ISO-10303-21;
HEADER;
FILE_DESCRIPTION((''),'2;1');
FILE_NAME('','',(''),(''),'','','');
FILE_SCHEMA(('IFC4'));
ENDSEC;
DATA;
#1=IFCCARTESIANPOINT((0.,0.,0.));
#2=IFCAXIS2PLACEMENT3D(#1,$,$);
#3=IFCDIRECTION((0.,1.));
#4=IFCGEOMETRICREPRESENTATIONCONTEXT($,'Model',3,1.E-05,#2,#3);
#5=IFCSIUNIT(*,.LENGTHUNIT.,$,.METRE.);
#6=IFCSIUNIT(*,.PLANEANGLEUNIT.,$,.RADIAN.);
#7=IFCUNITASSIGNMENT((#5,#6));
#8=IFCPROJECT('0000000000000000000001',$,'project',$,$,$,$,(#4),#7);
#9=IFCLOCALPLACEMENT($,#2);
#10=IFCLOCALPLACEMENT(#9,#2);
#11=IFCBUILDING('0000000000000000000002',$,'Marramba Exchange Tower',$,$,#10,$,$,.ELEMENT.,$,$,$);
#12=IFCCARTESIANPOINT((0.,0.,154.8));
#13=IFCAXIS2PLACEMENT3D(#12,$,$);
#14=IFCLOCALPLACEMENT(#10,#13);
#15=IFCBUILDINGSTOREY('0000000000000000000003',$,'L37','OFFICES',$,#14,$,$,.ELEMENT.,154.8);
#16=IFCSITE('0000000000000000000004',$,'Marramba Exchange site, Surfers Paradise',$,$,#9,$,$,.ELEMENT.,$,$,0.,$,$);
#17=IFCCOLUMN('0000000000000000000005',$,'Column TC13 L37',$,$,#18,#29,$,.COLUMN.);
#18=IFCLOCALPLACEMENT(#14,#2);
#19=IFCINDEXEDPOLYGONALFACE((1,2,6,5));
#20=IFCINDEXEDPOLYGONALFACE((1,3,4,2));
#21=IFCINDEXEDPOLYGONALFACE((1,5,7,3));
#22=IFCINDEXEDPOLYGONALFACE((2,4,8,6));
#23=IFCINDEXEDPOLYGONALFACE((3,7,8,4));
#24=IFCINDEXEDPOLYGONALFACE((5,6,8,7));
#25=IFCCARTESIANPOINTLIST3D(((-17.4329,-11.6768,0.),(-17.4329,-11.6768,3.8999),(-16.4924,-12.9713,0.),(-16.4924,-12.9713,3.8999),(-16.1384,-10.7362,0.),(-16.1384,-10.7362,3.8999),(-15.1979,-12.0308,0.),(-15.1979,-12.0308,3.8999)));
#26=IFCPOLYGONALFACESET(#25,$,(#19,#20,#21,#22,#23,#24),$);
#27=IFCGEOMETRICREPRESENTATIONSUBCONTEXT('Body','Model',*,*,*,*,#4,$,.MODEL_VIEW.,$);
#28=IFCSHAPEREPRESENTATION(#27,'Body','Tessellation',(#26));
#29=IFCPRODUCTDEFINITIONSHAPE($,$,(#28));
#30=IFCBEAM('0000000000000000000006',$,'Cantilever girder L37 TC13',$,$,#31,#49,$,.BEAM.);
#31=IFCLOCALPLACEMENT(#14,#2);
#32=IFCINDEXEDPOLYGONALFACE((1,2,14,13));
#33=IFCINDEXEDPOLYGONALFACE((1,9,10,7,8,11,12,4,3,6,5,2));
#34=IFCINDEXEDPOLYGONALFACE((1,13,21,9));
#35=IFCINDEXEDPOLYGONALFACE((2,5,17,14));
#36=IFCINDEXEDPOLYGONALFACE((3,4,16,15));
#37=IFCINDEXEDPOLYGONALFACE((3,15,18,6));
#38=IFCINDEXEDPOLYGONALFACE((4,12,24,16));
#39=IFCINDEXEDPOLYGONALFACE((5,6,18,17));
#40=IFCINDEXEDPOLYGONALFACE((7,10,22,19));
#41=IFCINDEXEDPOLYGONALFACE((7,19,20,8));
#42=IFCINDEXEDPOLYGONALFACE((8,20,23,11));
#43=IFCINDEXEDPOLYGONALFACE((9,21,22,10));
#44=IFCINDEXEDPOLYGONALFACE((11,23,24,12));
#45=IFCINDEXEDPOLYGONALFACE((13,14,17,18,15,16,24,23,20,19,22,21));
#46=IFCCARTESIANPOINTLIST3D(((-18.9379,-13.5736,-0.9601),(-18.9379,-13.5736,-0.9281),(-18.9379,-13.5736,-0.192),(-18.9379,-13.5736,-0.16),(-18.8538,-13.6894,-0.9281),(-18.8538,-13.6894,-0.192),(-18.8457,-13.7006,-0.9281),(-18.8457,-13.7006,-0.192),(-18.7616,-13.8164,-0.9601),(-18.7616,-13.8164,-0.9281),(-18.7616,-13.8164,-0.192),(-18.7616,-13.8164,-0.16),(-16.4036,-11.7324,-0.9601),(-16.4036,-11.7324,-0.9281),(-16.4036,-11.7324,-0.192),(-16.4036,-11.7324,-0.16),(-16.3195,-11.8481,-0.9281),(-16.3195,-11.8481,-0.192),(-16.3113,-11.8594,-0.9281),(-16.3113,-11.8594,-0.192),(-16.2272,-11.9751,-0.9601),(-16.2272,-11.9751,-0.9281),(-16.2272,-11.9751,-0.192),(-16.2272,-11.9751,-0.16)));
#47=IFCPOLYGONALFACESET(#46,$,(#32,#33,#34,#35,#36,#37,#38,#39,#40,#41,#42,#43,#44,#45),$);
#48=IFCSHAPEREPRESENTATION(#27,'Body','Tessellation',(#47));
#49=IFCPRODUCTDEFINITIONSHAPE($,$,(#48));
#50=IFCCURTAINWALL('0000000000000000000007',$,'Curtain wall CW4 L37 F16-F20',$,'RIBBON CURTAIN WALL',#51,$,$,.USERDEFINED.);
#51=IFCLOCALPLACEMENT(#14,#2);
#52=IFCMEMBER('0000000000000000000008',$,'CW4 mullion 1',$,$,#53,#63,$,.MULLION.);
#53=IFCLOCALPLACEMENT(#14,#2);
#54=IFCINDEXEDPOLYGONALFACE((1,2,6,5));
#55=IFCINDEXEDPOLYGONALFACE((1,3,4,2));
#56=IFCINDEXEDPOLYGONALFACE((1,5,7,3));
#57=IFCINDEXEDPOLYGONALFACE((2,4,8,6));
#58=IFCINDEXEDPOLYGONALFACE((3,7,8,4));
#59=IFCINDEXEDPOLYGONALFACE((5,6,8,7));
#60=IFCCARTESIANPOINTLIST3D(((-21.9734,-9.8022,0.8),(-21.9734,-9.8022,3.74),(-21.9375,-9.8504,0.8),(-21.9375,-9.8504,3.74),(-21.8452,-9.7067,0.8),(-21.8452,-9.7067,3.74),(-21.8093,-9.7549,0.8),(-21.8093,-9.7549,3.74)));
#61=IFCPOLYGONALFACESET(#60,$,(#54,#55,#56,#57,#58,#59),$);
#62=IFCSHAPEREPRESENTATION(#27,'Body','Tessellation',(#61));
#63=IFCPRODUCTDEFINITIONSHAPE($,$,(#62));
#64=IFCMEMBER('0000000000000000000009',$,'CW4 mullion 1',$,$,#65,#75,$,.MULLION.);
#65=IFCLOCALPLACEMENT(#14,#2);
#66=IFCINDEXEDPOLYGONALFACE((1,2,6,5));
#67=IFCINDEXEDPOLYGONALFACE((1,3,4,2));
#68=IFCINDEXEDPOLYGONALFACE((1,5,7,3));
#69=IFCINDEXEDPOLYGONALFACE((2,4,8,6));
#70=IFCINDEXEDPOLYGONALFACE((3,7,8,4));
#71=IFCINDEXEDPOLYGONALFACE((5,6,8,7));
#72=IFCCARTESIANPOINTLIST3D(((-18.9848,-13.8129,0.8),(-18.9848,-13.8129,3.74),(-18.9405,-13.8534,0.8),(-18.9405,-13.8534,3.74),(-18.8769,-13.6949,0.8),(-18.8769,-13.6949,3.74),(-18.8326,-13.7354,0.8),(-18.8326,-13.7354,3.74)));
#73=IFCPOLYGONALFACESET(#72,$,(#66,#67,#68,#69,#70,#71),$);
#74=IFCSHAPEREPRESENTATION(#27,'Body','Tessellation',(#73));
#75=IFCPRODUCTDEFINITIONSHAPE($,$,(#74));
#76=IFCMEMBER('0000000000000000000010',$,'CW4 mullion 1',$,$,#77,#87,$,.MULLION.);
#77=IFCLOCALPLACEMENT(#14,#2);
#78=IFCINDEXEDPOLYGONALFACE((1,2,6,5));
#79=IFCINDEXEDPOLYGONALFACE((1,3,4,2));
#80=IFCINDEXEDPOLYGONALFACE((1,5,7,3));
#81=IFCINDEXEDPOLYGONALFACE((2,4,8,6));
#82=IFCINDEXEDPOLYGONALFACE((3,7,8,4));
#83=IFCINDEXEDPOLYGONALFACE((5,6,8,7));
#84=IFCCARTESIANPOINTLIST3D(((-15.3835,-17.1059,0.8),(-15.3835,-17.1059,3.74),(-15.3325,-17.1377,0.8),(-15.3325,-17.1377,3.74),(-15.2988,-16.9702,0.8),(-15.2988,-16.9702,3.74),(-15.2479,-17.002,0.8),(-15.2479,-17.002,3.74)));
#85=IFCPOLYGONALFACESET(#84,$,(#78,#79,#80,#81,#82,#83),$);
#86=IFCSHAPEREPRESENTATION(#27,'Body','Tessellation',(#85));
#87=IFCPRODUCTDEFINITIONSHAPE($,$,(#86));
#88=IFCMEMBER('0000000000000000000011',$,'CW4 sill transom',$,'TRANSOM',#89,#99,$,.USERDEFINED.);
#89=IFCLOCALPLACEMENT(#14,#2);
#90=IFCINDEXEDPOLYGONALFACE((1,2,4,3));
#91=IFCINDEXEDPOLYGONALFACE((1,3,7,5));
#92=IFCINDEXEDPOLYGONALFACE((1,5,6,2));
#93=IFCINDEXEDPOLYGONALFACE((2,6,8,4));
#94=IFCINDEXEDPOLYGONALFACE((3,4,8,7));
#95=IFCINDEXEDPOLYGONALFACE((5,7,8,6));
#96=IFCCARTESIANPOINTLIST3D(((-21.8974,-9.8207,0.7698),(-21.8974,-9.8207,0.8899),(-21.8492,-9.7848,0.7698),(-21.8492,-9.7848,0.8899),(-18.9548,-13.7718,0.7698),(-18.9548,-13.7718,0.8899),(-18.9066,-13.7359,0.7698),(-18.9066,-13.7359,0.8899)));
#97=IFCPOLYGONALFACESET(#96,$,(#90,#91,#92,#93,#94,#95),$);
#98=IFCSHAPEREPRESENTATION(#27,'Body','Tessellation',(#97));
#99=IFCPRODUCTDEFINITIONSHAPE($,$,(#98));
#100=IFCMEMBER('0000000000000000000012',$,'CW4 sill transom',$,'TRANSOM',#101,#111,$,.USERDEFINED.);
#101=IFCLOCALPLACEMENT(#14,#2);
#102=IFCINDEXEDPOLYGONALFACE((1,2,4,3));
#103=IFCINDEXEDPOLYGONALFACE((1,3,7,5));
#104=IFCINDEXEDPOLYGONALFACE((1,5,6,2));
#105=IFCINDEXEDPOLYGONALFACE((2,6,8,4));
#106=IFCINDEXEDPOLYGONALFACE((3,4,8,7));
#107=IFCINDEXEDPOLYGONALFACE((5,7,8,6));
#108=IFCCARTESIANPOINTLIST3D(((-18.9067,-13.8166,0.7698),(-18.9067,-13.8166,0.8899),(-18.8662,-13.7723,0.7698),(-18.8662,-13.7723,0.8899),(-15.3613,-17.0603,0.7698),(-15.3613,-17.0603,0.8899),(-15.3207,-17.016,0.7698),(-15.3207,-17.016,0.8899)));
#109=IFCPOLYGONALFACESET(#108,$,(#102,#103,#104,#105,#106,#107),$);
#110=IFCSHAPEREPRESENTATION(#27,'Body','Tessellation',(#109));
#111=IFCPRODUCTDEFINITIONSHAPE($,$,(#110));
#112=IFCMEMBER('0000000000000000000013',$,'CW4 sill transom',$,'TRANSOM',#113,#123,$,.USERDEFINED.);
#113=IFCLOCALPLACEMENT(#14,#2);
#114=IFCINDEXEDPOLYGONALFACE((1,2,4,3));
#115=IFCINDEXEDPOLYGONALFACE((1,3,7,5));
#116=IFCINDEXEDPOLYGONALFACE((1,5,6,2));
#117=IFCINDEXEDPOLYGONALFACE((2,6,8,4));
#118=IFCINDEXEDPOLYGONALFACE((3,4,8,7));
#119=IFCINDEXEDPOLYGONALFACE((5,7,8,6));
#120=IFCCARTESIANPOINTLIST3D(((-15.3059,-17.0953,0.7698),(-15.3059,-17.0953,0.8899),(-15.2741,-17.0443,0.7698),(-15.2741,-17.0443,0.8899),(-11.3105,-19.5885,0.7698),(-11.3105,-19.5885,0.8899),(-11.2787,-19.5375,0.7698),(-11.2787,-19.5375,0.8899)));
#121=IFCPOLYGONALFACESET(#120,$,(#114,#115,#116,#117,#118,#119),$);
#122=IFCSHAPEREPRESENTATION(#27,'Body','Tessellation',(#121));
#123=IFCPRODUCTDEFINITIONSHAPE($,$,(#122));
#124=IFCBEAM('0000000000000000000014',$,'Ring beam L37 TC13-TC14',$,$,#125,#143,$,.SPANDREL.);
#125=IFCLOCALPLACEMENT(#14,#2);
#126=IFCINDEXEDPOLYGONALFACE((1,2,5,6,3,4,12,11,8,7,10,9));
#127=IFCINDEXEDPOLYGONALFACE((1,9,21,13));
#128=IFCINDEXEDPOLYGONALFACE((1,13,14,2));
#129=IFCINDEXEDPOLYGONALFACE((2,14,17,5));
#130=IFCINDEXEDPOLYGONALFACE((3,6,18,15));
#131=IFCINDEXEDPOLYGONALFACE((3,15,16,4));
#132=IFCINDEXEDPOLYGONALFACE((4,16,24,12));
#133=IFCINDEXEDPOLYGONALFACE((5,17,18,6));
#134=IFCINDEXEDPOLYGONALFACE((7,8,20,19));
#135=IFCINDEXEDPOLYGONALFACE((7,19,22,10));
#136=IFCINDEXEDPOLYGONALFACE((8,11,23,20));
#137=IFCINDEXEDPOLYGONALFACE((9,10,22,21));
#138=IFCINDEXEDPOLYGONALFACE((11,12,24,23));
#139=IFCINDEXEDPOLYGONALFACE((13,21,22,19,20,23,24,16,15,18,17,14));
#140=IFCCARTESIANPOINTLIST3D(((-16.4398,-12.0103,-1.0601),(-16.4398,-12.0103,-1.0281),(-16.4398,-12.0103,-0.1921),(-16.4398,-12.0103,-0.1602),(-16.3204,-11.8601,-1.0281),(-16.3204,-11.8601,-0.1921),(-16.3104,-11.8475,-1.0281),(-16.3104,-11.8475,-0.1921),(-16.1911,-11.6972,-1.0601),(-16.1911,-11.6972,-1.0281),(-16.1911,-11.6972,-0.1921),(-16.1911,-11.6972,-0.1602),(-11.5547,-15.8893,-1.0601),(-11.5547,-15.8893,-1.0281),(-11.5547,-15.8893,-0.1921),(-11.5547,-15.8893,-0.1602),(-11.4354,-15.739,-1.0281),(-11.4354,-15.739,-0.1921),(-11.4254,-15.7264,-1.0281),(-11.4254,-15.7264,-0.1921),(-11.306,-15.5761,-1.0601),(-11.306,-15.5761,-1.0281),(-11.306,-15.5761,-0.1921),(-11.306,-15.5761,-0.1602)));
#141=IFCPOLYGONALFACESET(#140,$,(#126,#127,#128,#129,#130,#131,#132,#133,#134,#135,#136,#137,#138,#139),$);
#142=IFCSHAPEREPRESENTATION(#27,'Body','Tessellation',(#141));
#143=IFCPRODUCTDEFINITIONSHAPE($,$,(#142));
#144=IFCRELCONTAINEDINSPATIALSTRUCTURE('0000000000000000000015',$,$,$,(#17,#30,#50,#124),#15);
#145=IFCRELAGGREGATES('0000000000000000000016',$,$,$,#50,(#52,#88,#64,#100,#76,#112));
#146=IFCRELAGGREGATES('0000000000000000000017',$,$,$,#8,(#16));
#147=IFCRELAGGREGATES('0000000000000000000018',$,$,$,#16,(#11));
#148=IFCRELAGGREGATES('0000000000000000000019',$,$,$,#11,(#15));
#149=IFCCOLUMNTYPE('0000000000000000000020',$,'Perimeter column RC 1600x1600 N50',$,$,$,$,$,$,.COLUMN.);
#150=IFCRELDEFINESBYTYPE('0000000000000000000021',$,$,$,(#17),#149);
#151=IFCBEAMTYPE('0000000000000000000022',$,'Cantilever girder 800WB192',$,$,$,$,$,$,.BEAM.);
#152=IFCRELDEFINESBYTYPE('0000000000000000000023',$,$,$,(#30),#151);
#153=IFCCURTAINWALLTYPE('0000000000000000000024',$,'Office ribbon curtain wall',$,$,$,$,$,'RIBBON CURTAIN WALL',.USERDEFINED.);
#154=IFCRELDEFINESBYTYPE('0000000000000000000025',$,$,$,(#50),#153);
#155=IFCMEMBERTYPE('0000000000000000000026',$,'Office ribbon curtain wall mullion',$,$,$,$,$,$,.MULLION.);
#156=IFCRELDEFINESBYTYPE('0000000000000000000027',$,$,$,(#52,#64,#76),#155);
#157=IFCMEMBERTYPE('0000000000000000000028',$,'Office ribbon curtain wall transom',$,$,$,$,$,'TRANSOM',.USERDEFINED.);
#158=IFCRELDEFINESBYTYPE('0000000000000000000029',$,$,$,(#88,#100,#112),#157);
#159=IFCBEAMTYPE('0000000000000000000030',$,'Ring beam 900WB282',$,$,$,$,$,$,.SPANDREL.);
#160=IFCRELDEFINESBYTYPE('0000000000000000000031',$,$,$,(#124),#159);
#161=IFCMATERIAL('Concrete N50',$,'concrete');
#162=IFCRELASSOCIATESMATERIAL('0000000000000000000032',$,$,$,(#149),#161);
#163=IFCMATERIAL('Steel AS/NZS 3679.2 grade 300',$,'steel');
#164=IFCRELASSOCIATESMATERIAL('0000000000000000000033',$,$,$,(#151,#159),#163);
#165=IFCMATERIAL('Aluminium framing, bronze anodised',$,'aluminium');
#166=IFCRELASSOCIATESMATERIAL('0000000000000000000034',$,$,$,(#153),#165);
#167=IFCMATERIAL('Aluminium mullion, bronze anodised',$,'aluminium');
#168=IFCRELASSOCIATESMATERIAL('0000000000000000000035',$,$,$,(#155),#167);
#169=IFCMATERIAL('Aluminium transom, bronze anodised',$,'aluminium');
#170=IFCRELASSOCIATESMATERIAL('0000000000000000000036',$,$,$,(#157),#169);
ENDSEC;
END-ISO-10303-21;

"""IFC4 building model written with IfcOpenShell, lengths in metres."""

from ifc_helpers import new_model, si_unit, direction, frame, origin, origin_2d, place, context, subcontext, project, spatial, rectangle, i_section, extrude, material, material_profile, profile_set, type_object, element, aggregate, save


model = new_model("IFC4")

# Units and contexts
model_context = context("Model", 3, precision=1e-05, world=origin(), true_north=direction((0.0, 1.0)))
body_context = subcontext(model_context, "Body", "Model", "MODEL_VIEW")
ifc_project = project(units=[si_unit("LENGTHUNIT", "METRE"), si_unit("PLANEANGLEUNIT", "RADIAN")], contexts=[model_context])

# Site, building, storey
site_placement = place(None, origin())
site = spatial("IfcSite", under=ifc_project, at=site_placement, Name="Marramba Exchange site, Surfers Paradise", CompositionType="ELEMENT", RefElevation=0.0)
building_placement = place(site_placement, origin())
building = spatial("IfcBuilding", under=site, at=building_placement, Name="Marramba Exchange Tower", CompositionType="ELEMENT")
storey_placement = place(building_placement, frame((0.0, 0.0, 154.8)))
storey = spatial("IfcBuildingStorey", under=building, at=storey_placement, Name="L37", Description="OFFICES", CompositionType="ELEMENT", Elevation=154.8)

# Column
ifc_material_1 = material(Name="Concrete N50", Category="concrete")
ifc_material_profile_1 = material_profile(ifc_material_1, rectangle(XDim=1.6001, YDim=1.6001, at=origin_2d()), Name="RC 1600x1600")
ifc_profile_set_1 = profile_set([ifc_material_profile_1], Name="Concrete N50")
column_type = type_object("IfcColumnType", Name="Perimeter column RC 1600x1600 N50", PredefinedType="COLUMN", material=ifc_profile_set_1)
column_placement = place(storey_placement, frame((-16.3154, -11.8538, 0.0), z_axis=(0.0, 0.0, 1.0), x_axis=(-0.809017, -0.587785, 0.0)))
element("IfcColumn", 1, at=column_placement, inside=storey, type_object=column_type, Name="Column TC13 L37", PredefinedType="COLUMN", context=body_context, shape_type="SweptSolid", body=[
    extrude(rectangle(XDim=1.6001, YDim=1.6001, at=origin_2d()), origin(), (0.0, 0.0, 1.0), 3.8999),
])

# Beam
ifc_material_2 = material(Name="Steel AS/NZS 3679.2 grade 300", Category="steel")
ifc_material_profile_2 = material_profile(ifc_material_2, i_section(OverallWidth=0.3, OverallDepth=0.8, WebThickness=0.0139, FlangeThickness=0.032, at=origin_2d()), Name="800WB192")
ifc_profile_set_2 = profile_set([ifc_material_profile_2], Name="Steel AS/NZS 3679.2 grade 300")
beam_type_1 = type_object("IfcBeamType", Name="Cantilever girder 800WB192", PredefinedType="BEAM", material=ifc_profile_set_2)
beam_1_placement = place(storey_placement, frame((-16.3154, -11.8538, -0.5601), z_axis=(-0.809026, -0.587773, 0.0), x_axis=(0.587773, -0.809026, 0.0)))
element("IfcBeam", 2, at=beam_1_placement, inside=storey, type_object=beam_type_1, Name="Cantilever girder L37 TC13", PredefinedType="BEAM", context=body_context, shape_type="SweptSolid", body=[
    extrude(i_section(OverallWidth=0.3, OverallDepth=0.8, WebThickness=0.0139, FlangeThickness=0.032, at=origin_2d()), origin(), (0.0, 0.0, 1.0), 3.1326),
])

# Curtain wall, members
ifc_material_3 = material(Name="Aluminium framing, bronze anodised", Category="aluminium")
curtain_wall_type = type_object("IfcCurtainWallType", Name="Office ribbon curtain wall", ElementType="RIBBON CURTAIN WALL", PredefinedType="USERDEFINED", material=ifc_material_3)
curtain_wall_placement = place(storey_placement, origin())
curtain_wall = element("IfcCurtainWall", 3, at=curtain_wall_placement, inside=storey, type_object=curtain_wall_type, Name="Curtain wall CW4 L37 F16-F20", ObjectType="RIBBON CURTAIN WALL", PredefinedType="USERDEFINED")
ifc_material_4 = material(Name="Aluminium mullion, bronze anodised", Category="aluminium")
ifc_material_profile_3 = material_profile(ifc_material_4, rectangle(XDim=0.1599, YDim=0.0601, at=origin_2d()), Name="CW4 mullion 60x160")
ifc_profile_set_3 = profile_set([ifc_material_profile_3], Name="Aluminium mullion, bronze anodised")
member_type_1 = type_object("IfcMemberType", Name="Office ribbon curtain wall mullion", PredefinedType="MULLION", material=ifc_profile_set_3)
member_1_placement = place(storey_placement, frame((-21.8914, -9.7786, 0.8), z_axis=(0.0, 0.0, 1.0), x_axis=(0.802014, 0.597305, 0.0)))
member_1 = element("IfcMember", 4, at=member_1_placement, type_object=member_type_1, Name="CW4 mullion 1", PredefinedType="MULLION", context=body_context, shape_type="SweptSolid", body=[
    extrude(rectangle(XDim=0.1599, YDim=0.0601, at=origin_2d()), origin(), (0.0, 0.0, 1.0), 2.9399),
])
member_2_placement = place(storey_placement, frame((-18.9087, -13.7742, 0.8), z_axis=(0.0, 0.0, 1.0), x_axis=(0.674995, 0.737822, 0.0)))
member_2 = element("IfcMember", 5, at=member_2_placement, type_object=member_type_1, Name="CW4 mullion 1", PredefinedType="MULLION", context=body_context, shape_type="SweptSolid", body=[
    extrude(rectangle(XDim=0.1599, YDim=0.0601, at=origin_2d()), origin(), (0.0, 0.0, 1.0), 2.9399),
])
member_3_placement = place(storey_placement, frame((-15.3157, -17.054, 0.8), z_axis=(0.0, 0.0, 1.0), x_axis=(0.529428, 0.848355, 0.0)))
member_3 = element("IfcMember", 6, at=member_3_placement, type_object=member_type_1, Name="CW4 mullion 1", PredefinedType="MULLION", context=body_context, shape_type="SweptSolid", body=[
    extrude(rectangle(XDim=0.1599, YDim=0.0601, at=origin_2d()), origin(), (0.0, 0.0, 1.0), 2.9399),
])
ifc_material_5 = material(Name="Aluminium transom, bronze anodised", Category="aluminium")
ifc_material_profile_4 = material_profile(ifc_material_5, rectangle(XDim=0.0601, YDim=0.1201, at=origin_2d()), Name="CW4 transom 60x120")
ifc_profile_set_4 = profile_set([ifc_material_profile_4], Name="Aluminium transom, bronze anodised")
member_type_2 = type_object("IfcMemberType", Name="Office ribbon curtain wall transom", ElementType="TRANSOM", PredefinedType="USERDEFINED", material=ifc_profile_set_4)
member_4_placement = place(storey_placement, frame((-21.8733, -9.8027, 0.8298), z_axis=(0.597301, -0.802017, 0.0), x_axis=(0.802017, 0.597301, 0.0)))
member_4 = element("IfcMember", 7, at=member_4_placement, type_object=member_type_2, Name="CW4 sill transom", ObjectType="TRANSOM", PredefinedType="USERDEFINED", context=body_context, shape_type="SweptSolid", body=[
    extrude(rectangle(XDim=0.0601, YDim=0.1201, at=origin_2d()), origin(), (0.0, 0.0, 1.0), 4.9265),
])
member_5_placement = place(storey_placement, frame((-18.8865, -13.7944, 0.8298), z_axis=(0.737808, -0.675011, 0.0), x_axis=(0.675011, 0.737808, 0.0)))
member_5 = element("IfcMember", 8, at=member_5_placement, type_object=member_type_2, Name="CW4 sill transom", ObjectType="TRANSOM", PredefinedType="USERDEFINED", context=body_context, shape_type="SweptSolid", body=[
    extrude(rectangle(XDim=0.0601, YDim=0.1201, at=origin_2d()), origin(), (0.0, 0.0, 1.0), 4.8054),
])
member_6_placement = place(storey_placement, frame((-15.29, -17.0698, 0.8298), z_axis=(0.848374, -0.529398, 0.0), x_axis=(0.529398, 0.848374, 0.0)))
member_6 = element("IfcMember", 9, at=member_6_placement, type_object=member_type_2, Name="CW4 sill transom", ObjectType="TRANSOM", PredefinedType="USERDEFINED", context=body_context, shape_type="SweptSolid", body=[
    extrude(rectangle(XDim=0.0601, YDim=0.1201, at=origin_2d()), origin(), (0.0, 0.0, 1.0), 4.7095),
])

# Beam
ifc_material_profile_5 = material_profile(ifc_material_2, i_section(OverallWidth=0.3999, OverallDepth=0.8999, WebThickness=0.0161, FlangeThickness=0.032, at=origin_2d()), Name="900WB282")
ifc_profile_set_5 = profile_set([ifc_material_profile_5], Name="Steel AS/NZS 3679.2 grade 300")
beam_type_2 = type_object("IfcBeamType", Name="Ring beam 900WB282", PredefinedType="SPANDREL", material=ifc_profile_set_5)
beam_2_placement = place(storey_placement, frame((-16.3154, -11.8538, -0.6101), z_axis=(0.783139, -0.621846, 0.0), x_axis=(0.621846, 0.783139, 0.0)))
element("IfcBeam", 10, at=beam_2_placement, inside=storey, type_object=beam_type_2, Name="Ring beam L37 TC13-TC14", PredefinedType="SPANDREL", context=body_context, shape_type="SweptSolid", body=[
    extrude(i_section(OverallWidth=0.3999, OverallDepth=0.8999, WebThickness=0.0161, FlangeThickness=0.032, at=origin_2d()), origin(), (0.0, 0.0, 1.0), 6.2378),
])

aggregate(curtain_wall, [member_1, member_4, member_2, member_5, member_3, member_6])

save(model, "model.ifc")
